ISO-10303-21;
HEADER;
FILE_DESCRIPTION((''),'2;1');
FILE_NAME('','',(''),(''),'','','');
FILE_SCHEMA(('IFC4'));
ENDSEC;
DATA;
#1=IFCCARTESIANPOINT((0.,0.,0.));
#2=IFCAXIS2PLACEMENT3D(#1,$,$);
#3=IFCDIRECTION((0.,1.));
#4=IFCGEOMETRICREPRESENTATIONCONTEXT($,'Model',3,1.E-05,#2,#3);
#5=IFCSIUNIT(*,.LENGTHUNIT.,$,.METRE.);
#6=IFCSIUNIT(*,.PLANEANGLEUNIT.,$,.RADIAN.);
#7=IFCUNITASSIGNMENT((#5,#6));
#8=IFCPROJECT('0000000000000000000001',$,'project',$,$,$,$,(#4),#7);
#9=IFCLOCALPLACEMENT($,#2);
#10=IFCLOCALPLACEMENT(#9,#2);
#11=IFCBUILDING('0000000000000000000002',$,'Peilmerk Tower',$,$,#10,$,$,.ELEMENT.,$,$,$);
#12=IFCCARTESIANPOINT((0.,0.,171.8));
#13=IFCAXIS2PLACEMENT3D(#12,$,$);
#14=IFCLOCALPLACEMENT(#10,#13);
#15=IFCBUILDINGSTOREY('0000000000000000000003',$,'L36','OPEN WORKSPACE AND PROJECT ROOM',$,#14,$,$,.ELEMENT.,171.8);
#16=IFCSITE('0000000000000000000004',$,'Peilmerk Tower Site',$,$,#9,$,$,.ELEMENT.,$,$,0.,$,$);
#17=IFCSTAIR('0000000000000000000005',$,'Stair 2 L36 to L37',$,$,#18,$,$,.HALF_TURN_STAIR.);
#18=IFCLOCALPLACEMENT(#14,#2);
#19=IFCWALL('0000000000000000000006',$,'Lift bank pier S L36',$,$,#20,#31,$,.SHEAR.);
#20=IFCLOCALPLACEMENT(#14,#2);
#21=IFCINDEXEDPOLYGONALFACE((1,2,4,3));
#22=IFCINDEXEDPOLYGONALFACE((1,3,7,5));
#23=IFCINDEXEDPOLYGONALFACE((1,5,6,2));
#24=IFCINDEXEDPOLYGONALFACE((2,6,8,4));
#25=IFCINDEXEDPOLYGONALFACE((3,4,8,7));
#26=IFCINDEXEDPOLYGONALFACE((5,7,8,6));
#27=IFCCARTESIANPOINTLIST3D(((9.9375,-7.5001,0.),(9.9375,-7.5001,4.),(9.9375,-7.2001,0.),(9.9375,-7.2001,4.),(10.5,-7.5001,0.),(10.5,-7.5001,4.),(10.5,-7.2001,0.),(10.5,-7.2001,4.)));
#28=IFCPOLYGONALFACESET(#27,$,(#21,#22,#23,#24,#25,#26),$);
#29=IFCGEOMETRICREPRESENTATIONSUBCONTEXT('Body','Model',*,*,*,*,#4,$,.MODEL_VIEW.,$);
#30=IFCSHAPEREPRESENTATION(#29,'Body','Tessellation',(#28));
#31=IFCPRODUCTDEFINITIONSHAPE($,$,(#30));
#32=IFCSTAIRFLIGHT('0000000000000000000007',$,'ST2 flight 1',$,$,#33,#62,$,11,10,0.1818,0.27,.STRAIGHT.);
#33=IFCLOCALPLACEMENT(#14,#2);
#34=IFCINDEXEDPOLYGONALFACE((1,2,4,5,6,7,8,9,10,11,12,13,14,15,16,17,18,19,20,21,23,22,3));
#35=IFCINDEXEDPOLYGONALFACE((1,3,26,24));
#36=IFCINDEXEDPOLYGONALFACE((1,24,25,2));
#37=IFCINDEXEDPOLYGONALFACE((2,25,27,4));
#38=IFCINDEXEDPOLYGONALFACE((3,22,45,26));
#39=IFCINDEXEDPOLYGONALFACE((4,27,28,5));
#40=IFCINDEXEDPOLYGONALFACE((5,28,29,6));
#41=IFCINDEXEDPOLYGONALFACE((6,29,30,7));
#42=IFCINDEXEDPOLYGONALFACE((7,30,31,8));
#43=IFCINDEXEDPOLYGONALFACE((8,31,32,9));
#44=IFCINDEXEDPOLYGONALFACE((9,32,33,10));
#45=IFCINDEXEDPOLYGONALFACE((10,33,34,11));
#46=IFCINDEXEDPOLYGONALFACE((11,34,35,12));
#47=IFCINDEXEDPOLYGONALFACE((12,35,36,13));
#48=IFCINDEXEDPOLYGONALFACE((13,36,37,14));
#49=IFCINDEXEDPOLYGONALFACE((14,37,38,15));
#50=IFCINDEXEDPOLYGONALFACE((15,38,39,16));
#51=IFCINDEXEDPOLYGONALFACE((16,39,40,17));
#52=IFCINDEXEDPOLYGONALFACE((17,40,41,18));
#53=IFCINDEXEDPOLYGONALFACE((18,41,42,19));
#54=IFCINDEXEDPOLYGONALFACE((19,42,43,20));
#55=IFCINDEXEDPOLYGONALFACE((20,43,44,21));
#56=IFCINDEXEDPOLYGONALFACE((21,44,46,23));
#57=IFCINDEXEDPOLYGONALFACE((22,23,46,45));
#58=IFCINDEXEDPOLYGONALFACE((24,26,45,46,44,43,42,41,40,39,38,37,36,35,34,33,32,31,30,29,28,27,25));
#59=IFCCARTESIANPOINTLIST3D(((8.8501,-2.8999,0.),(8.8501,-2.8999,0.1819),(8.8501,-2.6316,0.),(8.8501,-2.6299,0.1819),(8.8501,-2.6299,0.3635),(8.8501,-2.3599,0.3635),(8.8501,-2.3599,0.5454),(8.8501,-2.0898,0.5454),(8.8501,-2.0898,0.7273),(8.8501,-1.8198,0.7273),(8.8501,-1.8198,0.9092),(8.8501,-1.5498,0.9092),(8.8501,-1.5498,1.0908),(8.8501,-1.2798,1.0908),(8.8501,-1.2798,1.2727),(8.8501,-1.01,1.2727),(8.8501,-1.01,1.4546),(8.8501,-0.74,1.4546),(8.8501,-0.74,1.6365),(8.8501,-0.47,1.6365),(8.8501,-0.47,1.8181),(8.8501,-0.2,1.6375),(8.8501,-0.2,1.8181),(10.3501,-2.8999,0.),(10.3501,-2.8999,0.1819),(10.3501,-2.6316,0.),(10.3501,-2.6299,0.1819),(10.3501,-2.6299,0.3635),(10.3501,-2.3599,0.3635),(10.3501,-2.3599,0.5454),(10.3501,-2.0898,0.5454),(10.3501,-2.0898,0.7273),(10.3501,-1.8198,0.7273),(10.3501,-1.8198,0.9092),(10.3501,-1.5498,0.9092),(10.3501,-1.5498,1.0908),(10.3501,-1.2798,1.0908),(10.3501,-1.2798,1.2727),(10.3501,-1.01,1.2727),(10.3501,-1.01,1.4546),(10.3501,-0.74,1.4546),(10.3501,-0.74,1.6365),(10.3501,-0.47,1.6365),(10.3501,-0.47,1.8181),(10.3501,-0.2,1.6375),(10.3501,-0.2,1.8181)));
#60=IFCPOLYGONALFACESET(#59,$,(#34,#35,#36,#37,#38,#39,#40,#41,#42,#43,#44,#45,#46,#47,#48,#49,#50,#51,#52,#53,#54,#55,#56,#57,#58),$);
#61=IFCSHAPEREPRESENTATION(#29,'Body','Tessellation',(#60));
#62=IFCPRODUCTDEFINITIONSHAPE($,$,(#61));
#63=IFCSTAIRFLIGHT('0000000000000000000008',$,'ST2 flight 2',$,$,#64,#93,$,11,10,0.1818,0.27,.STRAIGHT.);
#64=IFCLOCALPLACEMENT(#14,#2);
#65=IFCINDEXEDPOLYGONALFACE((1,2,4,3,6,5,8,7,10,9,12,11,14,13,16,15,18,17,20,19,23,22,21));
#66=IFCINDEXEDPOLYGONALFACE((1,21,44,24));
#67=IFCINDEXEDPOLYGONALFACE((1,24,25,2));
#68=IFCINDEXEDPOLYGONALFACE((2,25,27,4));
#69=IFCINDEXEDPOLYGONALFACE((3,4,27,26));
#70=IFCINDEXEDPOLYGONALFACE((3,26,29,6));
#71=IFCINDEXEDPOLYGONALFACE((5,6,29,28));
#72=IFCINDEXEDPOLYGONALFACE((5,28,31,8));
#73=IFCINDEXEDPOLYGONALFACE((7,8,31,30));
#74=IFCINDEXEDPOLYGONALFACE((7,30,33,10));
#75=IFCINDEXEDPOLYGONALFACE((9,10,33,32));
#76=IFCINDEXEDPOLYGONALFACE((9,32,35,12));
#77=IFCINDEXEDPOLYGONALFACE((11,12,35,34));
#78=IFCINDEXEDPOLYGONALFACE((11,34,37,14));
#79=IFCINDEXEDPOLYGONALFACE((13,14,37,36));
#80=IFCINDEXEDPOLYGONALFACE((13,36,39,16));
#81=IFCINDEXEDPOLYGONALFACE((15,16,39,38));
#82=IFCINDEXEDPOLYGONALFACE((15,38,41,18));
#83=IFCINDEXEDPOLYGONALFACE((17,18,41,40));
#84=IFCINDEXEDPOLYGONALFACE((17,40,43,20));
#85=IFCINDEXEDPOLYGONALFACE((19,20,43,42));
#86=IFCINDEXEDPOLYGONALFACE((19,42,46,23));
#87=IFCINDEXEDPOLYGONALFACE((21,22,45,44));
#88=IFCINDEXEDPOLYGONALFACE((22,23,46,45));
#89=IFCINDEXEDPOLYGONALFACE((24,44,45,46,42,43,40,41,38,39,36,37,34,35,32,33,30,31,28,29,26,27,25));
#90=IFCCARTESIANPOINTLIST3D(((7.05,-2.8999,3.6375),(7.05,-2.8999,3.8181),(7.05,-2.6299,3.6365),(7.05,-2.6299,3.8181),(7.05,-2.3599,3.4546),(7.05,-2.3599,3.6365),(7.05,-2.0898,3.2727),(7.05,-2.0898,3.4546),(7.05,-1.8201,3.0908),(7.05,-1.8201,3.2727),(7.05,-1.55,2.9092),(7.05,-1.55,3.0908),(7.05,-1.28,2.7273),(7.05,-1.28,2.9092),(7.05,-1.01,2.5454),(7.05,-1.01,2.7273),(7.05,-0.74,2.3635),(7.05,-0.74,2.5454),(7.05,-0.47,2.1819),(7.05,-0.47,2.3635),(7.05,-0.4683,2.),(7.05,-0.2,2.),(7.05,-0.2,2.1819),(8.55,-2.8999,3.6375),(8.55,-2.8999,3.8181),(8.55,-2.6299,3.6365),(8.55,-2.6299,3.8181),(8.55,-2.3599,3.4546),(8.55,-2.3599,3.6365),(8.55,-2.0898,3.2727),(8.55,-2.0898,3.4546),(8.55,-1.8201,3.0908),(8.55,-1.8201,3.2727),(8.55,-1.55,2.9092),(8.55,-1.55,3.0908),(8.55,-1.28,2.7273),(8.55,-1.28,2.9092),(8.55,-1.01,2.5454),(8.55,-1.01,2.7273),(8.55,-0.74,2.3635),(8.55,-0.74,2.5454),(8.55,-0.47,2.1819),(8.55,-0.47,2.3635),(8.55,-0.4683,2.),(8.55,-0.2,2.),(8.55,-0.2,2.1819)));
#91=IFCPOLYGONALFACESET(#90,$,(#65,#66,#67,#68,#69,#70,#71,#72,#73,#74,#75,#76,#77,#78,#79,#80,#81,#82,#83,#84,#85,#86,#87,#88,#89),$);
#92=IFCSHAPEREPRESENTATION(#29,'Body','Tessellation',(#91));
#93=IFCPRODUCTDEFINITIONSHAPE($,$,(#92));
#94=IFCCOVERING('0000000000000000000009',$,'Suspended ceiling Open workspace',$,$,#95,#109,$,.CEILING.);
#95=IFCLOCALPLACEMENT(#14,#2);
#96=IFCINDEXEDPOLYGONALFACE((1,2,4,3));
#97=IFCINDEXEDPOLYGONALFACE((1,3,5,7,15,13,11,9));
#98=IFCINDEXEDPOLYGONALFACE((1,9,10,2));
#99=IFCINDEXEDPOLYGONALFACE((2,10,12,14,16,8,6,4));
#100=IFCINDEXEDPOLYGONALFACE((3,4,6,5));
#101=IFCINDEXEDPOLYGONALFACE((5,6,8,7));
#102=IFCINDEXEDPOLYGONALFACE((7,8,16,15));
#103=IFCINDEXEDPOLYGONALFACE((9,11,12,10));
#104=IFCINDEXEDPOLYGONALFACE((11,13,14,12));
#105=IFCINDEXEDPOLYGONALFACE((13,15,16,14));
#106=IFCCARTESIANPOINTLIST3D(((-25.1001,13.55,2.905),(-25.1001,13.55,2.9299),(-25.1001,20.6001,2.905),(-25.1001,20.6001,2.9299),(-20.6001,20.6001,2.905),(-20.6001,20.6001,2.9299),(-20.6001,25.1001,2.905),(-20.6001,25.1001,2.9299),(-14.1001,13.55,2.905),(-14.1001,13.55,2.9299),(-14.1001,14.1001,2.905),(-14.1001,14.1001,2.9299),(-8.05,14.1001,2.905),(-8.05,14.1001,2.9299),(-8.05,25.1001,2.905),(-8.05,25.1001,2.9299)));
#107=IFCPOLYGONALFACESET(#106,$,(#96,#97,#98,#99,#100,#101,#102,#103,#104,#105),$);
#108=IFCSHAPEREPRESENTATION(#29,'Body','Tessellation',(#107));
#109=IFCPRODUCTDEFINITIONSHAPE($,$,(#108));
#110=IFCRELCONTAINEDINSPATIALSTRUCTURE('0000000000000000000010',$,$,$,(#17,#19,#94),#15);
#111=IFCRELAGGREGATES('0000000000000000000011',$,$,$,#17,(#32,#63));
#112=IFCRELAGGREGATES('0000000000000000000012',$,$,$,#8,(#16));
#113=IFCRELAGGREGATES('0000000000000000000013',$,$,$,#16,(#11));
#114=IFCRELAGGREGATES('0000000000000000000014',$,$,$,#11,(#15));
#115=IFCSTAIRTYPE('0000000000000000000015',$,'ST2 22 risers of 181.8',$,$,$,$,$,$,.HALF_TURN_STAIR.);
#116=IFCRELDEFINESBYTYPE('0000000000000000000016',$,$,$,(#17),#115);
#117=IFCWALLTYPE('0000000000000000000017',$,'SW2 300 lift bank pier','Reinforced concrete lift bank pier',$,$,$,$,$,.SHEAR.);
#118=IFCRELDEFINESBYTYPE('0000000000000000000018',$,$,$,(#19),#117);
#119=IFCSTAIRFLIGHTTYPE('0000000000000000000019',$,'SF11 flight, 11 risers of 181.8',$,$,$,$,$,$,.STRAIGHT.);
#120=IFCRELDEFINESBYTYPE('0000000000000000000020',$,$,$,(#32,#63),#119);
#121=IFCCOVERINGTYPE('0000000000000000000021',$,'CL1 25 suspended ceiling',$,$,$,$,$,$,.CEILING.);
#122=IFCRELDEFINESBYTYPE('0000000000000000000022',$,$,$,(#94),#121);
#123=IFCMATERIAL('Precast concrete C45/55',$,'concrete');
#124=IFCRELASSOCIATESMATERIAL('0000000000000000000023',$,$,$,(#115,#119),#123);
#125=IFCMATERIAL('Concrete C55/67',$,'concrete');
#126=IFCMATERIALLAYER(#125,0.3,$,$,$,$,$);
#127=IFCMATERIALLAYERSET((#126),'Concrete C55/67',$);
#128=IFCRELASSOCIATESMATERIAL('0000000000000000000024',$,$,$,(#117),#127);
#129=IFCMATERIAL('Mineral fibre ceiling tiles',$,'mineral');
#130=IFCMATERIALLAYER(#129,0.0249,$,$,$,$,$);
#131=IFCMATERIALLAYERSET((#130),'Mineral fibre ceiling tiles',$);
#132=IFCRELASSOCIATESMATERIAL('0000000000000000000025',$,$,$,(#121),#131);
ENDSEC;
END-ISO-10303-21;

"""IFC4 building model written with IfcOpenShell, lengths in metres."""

from ifc_helpers import new_model, si_unit, direction, frame, frame_2d, origin, place, context, subcontext, project, spatial, polyline, rectangle, outline, extrude, material, layer, layer_set, type_object, element, aggregate, save


model = new_model("IFC4")

# Units and contexts
model_context = context("Model", 3, precision=1e-05, world=origin(), true_north=direction((0.0, 1.0)))
body_context = subcontext(model_context, "Body", "Model", "MODEL_VIEW")
ifc_project = project(units=[si_unit("LENGTHUNIT", "METRE"), si_unit("PLANEANGLEUNIT", "RADIAN")], contexts=[model_context])

# Site, building, storey
site_placement = place(None, origin())
site = spatial("IfcSite", under=ifc_project, at=site_placement, Name="Peilmerk Tower Site", CompositionType="ELEMENT", RefElevation=0.0)
building_placement = place(site_placement, origin())
building = spatial("IfcBuilding", under=site, at=building_placement, Name="Peilmerk Tower", CompositionType="ELEMENT")
storey_placement = place(building_placement, frame((0.0, 0.0, 171.8)))
storey = spatial("IfcBuildingStorey", under=building, at=storey_placement, Name="L36", Description="OPEN WORKSPACE AND PROJECT ROOM", CompositionType="ELEMENT", Elevation=171.8)

# Stair
ifc_material_1 = material(Name="Precast concrete C45/55", Category="concrete")
stair_type_1 = type_object("IfcStairType", Name="ST2 22 risers of 181.8", PredefinedType="HALF_TURN_STAIR", material=ifc_material_1)
stair_1_placement = place(storey_placement, origin())
stair_1 = element("IfcStair", 1, at=stair_1_placement, inside=storey, type_object=stair_type_1, Name="Stair 2 L36 to L37", PredefinedType="HALF_TURN_STAIR")

# Wall
ifc_material_2 = material(Name="Concrete C55/67", Category="concrete")
ifc_layer_1 = layer(ifc_material_2, 0.3)
ifc_layer_set_1 = layer_set([ifc_layer_1], Name="Concrete C55/67")
wall_type_1 = type_object("IfcWallType", Name="SW2 300 lift bank pier", Description="Reinforced concrete lift bank pier", PredefinedType="SHEAR", material=ifc_layer_set_1)
wall_1_placement = place(storey_placement, frame((9.9375, -7.3501, 0.0), z_axis=(0.0, 0.0, 1.0), x_axis=(1.0, 0.0, 0.0)))
element("IfcWall", 2, at=wall_1_placement, inside=storey, type_object=wall_type_1, Name="Lift bank pier S L36", PredefinedType="SHEAR", context=body_context, shape_type="SweptSolid", body=[
    extrude(rectangle(XDim=0.5625, YDim=0.3, at=frame_2d((0.2812, 0.0))), origin(), (0.0, 0.0, 1.0), 4.0),
])

# Stair flights
stair_flight_type = type_object("IfcStairFlightType", Name="SF11 flight, 11 risers of 181.8", PredefinedType="STRAIGHT", material=ifc_material_1)
stair_flight_1_placement = place(storey_placement, frame((9.6001, -2.8999, 0.0), z_axis=(0.0, 0.0, 1.0), x_axis=(0.0, 1.0, 0.0)))
stair_flight_1 = element("IfcStairFlight", 3, at=stair_flight_1_placement, type_object=stair_flight_type, Name="ST2 flight 1", NumberOfRisers=11, NumberOfTreads=10, PredefinedType="STRAIGHT", RiserHeight=0.1818, TreadLength=0.27, context=body_context, shape_type="SweptSolid", body=[
    extrude(outline(polyline([(0.0, 0.0), (0.0, 0.1819), (0.27, 0.1819), (0.27, 0.3635), (0.54, 0.3635), (0.54, 0.5454), (0.8101, 0.5454), (0.8101, 0.7273), (1.0801, 0.7273), (1.0801, 0.9092), (1.3501, 0.9092), (1.3501, 1.0908), (1.6201, 1.0908), (1.6201, 1.2727), (1.8899, 1.2727), (1.8899, 1.4546), (2.1599, 1.4546), (2.1599, 1.6365), (2.4299, 1.6365), (2.4299, 1.8181), (2.7, 1.8181), (2.7, 2.0), (2.7, 1.6375), (0.2683, 0.0), (0.0, 0.0)])), frame((0.0, 0.75, 0.0), z_axis=(0.0, -1.0, 0.0), x_axis=(1.0, 0.0, 0.0)), (0.0, 0.0, 1.0), 1.5),
])
stair_flight_2_placement = place(storey_placement, frame((7.8, -0.2, 2.0), z_axis=(0.0, 0.0, 1.0), x_axis=(0.0, -1.0, 0.0)))
stair_flight_2 = element("IfcStairFlight", 4, at=stair_flight_2_placement, type_object=stair_flight_type, Name="ST2 flight 2", NumberOfRisers=11, NumberOfTreads=10, PredefinedType="STRAIGHT", RiserHeight=0.1818, TreadLength=0.27, context=body_context, shape_type="SweptSolid", body=[
    extrude(outline(polyline([(0.0, 0.0), (0.0, 0.1819), (0.27, 0.1819), (0.27, 0.3635), (0.54, 0.3635), (0.54, 0.5454), (0.8101, 0.5454), (0.8101, 0.7273), (1.0801, 0.7273), (1.0801, 0.9092), (1.3501, 0.9092), (1.3501, 1.0908), (1.6201, 1.0908), (1.6201, 1.2727), (1.8899, 1.2727), (1.8899, 1.4546), (2.1599, 1.4546), (2.1599, 1.6365), (2.4299, 1.6365), (2.4299, 1.8181), (2.7, 1.8181), (2.7, 2.0), (2.7, 1.6375), (0.2683, 0.0), (0.0, 0.0)])), frame((0.0, 0.75, 0.0), z_axis=(0.0, -1.0, 0.0), x_axis=(1.0, 0.0, 0.0)), (0.0, 0.0, 1.0), 1.5),
])
aggregate(stair_1, [stair_flight_1, stair_flight_2])

# Covering
ifc_material_3 = material(Name="Mineral fibre ceiling tiles", Category="mineral")
ifc_layer_2 = layer(ifc_material_3, 0.0249)
ifc_layer_set_2 = layer_set([ifc_layer_2], Name="Mineral fibre ceiling tiles")
covering_type = type_object("IfcCoveringType", Name="CL1 25 suspended ceiling", PredefinedType="CEILING", material=ifc_layer_set_2)
covering_placement = place(storey_placement, frame((0.0, 0.0, 2.905)))
element("IfcCovering", 5, at=covering_placement, inside=storey, type_object=covering_type, Name="Suspended ceiling Open workspace", PredefinedType="CEILING", context=body_context, shape_type="SweptSolid", body=[
    extrude(outline(polyline([(-25.1001, 20.6001), (-25.1001, 13.55), (-14.1001, 13.55), (-14.1001, 14.1001), (-8.05, 14.1001), (-8.05, 25.1001), (-20.6001, 25.1001), (-20.6001, 20.6001), (-25.1001, 20.6001)])), origin(), (0.0, 0.0, 1.0), 0.0249),
])

save(model, "model.ifc")
